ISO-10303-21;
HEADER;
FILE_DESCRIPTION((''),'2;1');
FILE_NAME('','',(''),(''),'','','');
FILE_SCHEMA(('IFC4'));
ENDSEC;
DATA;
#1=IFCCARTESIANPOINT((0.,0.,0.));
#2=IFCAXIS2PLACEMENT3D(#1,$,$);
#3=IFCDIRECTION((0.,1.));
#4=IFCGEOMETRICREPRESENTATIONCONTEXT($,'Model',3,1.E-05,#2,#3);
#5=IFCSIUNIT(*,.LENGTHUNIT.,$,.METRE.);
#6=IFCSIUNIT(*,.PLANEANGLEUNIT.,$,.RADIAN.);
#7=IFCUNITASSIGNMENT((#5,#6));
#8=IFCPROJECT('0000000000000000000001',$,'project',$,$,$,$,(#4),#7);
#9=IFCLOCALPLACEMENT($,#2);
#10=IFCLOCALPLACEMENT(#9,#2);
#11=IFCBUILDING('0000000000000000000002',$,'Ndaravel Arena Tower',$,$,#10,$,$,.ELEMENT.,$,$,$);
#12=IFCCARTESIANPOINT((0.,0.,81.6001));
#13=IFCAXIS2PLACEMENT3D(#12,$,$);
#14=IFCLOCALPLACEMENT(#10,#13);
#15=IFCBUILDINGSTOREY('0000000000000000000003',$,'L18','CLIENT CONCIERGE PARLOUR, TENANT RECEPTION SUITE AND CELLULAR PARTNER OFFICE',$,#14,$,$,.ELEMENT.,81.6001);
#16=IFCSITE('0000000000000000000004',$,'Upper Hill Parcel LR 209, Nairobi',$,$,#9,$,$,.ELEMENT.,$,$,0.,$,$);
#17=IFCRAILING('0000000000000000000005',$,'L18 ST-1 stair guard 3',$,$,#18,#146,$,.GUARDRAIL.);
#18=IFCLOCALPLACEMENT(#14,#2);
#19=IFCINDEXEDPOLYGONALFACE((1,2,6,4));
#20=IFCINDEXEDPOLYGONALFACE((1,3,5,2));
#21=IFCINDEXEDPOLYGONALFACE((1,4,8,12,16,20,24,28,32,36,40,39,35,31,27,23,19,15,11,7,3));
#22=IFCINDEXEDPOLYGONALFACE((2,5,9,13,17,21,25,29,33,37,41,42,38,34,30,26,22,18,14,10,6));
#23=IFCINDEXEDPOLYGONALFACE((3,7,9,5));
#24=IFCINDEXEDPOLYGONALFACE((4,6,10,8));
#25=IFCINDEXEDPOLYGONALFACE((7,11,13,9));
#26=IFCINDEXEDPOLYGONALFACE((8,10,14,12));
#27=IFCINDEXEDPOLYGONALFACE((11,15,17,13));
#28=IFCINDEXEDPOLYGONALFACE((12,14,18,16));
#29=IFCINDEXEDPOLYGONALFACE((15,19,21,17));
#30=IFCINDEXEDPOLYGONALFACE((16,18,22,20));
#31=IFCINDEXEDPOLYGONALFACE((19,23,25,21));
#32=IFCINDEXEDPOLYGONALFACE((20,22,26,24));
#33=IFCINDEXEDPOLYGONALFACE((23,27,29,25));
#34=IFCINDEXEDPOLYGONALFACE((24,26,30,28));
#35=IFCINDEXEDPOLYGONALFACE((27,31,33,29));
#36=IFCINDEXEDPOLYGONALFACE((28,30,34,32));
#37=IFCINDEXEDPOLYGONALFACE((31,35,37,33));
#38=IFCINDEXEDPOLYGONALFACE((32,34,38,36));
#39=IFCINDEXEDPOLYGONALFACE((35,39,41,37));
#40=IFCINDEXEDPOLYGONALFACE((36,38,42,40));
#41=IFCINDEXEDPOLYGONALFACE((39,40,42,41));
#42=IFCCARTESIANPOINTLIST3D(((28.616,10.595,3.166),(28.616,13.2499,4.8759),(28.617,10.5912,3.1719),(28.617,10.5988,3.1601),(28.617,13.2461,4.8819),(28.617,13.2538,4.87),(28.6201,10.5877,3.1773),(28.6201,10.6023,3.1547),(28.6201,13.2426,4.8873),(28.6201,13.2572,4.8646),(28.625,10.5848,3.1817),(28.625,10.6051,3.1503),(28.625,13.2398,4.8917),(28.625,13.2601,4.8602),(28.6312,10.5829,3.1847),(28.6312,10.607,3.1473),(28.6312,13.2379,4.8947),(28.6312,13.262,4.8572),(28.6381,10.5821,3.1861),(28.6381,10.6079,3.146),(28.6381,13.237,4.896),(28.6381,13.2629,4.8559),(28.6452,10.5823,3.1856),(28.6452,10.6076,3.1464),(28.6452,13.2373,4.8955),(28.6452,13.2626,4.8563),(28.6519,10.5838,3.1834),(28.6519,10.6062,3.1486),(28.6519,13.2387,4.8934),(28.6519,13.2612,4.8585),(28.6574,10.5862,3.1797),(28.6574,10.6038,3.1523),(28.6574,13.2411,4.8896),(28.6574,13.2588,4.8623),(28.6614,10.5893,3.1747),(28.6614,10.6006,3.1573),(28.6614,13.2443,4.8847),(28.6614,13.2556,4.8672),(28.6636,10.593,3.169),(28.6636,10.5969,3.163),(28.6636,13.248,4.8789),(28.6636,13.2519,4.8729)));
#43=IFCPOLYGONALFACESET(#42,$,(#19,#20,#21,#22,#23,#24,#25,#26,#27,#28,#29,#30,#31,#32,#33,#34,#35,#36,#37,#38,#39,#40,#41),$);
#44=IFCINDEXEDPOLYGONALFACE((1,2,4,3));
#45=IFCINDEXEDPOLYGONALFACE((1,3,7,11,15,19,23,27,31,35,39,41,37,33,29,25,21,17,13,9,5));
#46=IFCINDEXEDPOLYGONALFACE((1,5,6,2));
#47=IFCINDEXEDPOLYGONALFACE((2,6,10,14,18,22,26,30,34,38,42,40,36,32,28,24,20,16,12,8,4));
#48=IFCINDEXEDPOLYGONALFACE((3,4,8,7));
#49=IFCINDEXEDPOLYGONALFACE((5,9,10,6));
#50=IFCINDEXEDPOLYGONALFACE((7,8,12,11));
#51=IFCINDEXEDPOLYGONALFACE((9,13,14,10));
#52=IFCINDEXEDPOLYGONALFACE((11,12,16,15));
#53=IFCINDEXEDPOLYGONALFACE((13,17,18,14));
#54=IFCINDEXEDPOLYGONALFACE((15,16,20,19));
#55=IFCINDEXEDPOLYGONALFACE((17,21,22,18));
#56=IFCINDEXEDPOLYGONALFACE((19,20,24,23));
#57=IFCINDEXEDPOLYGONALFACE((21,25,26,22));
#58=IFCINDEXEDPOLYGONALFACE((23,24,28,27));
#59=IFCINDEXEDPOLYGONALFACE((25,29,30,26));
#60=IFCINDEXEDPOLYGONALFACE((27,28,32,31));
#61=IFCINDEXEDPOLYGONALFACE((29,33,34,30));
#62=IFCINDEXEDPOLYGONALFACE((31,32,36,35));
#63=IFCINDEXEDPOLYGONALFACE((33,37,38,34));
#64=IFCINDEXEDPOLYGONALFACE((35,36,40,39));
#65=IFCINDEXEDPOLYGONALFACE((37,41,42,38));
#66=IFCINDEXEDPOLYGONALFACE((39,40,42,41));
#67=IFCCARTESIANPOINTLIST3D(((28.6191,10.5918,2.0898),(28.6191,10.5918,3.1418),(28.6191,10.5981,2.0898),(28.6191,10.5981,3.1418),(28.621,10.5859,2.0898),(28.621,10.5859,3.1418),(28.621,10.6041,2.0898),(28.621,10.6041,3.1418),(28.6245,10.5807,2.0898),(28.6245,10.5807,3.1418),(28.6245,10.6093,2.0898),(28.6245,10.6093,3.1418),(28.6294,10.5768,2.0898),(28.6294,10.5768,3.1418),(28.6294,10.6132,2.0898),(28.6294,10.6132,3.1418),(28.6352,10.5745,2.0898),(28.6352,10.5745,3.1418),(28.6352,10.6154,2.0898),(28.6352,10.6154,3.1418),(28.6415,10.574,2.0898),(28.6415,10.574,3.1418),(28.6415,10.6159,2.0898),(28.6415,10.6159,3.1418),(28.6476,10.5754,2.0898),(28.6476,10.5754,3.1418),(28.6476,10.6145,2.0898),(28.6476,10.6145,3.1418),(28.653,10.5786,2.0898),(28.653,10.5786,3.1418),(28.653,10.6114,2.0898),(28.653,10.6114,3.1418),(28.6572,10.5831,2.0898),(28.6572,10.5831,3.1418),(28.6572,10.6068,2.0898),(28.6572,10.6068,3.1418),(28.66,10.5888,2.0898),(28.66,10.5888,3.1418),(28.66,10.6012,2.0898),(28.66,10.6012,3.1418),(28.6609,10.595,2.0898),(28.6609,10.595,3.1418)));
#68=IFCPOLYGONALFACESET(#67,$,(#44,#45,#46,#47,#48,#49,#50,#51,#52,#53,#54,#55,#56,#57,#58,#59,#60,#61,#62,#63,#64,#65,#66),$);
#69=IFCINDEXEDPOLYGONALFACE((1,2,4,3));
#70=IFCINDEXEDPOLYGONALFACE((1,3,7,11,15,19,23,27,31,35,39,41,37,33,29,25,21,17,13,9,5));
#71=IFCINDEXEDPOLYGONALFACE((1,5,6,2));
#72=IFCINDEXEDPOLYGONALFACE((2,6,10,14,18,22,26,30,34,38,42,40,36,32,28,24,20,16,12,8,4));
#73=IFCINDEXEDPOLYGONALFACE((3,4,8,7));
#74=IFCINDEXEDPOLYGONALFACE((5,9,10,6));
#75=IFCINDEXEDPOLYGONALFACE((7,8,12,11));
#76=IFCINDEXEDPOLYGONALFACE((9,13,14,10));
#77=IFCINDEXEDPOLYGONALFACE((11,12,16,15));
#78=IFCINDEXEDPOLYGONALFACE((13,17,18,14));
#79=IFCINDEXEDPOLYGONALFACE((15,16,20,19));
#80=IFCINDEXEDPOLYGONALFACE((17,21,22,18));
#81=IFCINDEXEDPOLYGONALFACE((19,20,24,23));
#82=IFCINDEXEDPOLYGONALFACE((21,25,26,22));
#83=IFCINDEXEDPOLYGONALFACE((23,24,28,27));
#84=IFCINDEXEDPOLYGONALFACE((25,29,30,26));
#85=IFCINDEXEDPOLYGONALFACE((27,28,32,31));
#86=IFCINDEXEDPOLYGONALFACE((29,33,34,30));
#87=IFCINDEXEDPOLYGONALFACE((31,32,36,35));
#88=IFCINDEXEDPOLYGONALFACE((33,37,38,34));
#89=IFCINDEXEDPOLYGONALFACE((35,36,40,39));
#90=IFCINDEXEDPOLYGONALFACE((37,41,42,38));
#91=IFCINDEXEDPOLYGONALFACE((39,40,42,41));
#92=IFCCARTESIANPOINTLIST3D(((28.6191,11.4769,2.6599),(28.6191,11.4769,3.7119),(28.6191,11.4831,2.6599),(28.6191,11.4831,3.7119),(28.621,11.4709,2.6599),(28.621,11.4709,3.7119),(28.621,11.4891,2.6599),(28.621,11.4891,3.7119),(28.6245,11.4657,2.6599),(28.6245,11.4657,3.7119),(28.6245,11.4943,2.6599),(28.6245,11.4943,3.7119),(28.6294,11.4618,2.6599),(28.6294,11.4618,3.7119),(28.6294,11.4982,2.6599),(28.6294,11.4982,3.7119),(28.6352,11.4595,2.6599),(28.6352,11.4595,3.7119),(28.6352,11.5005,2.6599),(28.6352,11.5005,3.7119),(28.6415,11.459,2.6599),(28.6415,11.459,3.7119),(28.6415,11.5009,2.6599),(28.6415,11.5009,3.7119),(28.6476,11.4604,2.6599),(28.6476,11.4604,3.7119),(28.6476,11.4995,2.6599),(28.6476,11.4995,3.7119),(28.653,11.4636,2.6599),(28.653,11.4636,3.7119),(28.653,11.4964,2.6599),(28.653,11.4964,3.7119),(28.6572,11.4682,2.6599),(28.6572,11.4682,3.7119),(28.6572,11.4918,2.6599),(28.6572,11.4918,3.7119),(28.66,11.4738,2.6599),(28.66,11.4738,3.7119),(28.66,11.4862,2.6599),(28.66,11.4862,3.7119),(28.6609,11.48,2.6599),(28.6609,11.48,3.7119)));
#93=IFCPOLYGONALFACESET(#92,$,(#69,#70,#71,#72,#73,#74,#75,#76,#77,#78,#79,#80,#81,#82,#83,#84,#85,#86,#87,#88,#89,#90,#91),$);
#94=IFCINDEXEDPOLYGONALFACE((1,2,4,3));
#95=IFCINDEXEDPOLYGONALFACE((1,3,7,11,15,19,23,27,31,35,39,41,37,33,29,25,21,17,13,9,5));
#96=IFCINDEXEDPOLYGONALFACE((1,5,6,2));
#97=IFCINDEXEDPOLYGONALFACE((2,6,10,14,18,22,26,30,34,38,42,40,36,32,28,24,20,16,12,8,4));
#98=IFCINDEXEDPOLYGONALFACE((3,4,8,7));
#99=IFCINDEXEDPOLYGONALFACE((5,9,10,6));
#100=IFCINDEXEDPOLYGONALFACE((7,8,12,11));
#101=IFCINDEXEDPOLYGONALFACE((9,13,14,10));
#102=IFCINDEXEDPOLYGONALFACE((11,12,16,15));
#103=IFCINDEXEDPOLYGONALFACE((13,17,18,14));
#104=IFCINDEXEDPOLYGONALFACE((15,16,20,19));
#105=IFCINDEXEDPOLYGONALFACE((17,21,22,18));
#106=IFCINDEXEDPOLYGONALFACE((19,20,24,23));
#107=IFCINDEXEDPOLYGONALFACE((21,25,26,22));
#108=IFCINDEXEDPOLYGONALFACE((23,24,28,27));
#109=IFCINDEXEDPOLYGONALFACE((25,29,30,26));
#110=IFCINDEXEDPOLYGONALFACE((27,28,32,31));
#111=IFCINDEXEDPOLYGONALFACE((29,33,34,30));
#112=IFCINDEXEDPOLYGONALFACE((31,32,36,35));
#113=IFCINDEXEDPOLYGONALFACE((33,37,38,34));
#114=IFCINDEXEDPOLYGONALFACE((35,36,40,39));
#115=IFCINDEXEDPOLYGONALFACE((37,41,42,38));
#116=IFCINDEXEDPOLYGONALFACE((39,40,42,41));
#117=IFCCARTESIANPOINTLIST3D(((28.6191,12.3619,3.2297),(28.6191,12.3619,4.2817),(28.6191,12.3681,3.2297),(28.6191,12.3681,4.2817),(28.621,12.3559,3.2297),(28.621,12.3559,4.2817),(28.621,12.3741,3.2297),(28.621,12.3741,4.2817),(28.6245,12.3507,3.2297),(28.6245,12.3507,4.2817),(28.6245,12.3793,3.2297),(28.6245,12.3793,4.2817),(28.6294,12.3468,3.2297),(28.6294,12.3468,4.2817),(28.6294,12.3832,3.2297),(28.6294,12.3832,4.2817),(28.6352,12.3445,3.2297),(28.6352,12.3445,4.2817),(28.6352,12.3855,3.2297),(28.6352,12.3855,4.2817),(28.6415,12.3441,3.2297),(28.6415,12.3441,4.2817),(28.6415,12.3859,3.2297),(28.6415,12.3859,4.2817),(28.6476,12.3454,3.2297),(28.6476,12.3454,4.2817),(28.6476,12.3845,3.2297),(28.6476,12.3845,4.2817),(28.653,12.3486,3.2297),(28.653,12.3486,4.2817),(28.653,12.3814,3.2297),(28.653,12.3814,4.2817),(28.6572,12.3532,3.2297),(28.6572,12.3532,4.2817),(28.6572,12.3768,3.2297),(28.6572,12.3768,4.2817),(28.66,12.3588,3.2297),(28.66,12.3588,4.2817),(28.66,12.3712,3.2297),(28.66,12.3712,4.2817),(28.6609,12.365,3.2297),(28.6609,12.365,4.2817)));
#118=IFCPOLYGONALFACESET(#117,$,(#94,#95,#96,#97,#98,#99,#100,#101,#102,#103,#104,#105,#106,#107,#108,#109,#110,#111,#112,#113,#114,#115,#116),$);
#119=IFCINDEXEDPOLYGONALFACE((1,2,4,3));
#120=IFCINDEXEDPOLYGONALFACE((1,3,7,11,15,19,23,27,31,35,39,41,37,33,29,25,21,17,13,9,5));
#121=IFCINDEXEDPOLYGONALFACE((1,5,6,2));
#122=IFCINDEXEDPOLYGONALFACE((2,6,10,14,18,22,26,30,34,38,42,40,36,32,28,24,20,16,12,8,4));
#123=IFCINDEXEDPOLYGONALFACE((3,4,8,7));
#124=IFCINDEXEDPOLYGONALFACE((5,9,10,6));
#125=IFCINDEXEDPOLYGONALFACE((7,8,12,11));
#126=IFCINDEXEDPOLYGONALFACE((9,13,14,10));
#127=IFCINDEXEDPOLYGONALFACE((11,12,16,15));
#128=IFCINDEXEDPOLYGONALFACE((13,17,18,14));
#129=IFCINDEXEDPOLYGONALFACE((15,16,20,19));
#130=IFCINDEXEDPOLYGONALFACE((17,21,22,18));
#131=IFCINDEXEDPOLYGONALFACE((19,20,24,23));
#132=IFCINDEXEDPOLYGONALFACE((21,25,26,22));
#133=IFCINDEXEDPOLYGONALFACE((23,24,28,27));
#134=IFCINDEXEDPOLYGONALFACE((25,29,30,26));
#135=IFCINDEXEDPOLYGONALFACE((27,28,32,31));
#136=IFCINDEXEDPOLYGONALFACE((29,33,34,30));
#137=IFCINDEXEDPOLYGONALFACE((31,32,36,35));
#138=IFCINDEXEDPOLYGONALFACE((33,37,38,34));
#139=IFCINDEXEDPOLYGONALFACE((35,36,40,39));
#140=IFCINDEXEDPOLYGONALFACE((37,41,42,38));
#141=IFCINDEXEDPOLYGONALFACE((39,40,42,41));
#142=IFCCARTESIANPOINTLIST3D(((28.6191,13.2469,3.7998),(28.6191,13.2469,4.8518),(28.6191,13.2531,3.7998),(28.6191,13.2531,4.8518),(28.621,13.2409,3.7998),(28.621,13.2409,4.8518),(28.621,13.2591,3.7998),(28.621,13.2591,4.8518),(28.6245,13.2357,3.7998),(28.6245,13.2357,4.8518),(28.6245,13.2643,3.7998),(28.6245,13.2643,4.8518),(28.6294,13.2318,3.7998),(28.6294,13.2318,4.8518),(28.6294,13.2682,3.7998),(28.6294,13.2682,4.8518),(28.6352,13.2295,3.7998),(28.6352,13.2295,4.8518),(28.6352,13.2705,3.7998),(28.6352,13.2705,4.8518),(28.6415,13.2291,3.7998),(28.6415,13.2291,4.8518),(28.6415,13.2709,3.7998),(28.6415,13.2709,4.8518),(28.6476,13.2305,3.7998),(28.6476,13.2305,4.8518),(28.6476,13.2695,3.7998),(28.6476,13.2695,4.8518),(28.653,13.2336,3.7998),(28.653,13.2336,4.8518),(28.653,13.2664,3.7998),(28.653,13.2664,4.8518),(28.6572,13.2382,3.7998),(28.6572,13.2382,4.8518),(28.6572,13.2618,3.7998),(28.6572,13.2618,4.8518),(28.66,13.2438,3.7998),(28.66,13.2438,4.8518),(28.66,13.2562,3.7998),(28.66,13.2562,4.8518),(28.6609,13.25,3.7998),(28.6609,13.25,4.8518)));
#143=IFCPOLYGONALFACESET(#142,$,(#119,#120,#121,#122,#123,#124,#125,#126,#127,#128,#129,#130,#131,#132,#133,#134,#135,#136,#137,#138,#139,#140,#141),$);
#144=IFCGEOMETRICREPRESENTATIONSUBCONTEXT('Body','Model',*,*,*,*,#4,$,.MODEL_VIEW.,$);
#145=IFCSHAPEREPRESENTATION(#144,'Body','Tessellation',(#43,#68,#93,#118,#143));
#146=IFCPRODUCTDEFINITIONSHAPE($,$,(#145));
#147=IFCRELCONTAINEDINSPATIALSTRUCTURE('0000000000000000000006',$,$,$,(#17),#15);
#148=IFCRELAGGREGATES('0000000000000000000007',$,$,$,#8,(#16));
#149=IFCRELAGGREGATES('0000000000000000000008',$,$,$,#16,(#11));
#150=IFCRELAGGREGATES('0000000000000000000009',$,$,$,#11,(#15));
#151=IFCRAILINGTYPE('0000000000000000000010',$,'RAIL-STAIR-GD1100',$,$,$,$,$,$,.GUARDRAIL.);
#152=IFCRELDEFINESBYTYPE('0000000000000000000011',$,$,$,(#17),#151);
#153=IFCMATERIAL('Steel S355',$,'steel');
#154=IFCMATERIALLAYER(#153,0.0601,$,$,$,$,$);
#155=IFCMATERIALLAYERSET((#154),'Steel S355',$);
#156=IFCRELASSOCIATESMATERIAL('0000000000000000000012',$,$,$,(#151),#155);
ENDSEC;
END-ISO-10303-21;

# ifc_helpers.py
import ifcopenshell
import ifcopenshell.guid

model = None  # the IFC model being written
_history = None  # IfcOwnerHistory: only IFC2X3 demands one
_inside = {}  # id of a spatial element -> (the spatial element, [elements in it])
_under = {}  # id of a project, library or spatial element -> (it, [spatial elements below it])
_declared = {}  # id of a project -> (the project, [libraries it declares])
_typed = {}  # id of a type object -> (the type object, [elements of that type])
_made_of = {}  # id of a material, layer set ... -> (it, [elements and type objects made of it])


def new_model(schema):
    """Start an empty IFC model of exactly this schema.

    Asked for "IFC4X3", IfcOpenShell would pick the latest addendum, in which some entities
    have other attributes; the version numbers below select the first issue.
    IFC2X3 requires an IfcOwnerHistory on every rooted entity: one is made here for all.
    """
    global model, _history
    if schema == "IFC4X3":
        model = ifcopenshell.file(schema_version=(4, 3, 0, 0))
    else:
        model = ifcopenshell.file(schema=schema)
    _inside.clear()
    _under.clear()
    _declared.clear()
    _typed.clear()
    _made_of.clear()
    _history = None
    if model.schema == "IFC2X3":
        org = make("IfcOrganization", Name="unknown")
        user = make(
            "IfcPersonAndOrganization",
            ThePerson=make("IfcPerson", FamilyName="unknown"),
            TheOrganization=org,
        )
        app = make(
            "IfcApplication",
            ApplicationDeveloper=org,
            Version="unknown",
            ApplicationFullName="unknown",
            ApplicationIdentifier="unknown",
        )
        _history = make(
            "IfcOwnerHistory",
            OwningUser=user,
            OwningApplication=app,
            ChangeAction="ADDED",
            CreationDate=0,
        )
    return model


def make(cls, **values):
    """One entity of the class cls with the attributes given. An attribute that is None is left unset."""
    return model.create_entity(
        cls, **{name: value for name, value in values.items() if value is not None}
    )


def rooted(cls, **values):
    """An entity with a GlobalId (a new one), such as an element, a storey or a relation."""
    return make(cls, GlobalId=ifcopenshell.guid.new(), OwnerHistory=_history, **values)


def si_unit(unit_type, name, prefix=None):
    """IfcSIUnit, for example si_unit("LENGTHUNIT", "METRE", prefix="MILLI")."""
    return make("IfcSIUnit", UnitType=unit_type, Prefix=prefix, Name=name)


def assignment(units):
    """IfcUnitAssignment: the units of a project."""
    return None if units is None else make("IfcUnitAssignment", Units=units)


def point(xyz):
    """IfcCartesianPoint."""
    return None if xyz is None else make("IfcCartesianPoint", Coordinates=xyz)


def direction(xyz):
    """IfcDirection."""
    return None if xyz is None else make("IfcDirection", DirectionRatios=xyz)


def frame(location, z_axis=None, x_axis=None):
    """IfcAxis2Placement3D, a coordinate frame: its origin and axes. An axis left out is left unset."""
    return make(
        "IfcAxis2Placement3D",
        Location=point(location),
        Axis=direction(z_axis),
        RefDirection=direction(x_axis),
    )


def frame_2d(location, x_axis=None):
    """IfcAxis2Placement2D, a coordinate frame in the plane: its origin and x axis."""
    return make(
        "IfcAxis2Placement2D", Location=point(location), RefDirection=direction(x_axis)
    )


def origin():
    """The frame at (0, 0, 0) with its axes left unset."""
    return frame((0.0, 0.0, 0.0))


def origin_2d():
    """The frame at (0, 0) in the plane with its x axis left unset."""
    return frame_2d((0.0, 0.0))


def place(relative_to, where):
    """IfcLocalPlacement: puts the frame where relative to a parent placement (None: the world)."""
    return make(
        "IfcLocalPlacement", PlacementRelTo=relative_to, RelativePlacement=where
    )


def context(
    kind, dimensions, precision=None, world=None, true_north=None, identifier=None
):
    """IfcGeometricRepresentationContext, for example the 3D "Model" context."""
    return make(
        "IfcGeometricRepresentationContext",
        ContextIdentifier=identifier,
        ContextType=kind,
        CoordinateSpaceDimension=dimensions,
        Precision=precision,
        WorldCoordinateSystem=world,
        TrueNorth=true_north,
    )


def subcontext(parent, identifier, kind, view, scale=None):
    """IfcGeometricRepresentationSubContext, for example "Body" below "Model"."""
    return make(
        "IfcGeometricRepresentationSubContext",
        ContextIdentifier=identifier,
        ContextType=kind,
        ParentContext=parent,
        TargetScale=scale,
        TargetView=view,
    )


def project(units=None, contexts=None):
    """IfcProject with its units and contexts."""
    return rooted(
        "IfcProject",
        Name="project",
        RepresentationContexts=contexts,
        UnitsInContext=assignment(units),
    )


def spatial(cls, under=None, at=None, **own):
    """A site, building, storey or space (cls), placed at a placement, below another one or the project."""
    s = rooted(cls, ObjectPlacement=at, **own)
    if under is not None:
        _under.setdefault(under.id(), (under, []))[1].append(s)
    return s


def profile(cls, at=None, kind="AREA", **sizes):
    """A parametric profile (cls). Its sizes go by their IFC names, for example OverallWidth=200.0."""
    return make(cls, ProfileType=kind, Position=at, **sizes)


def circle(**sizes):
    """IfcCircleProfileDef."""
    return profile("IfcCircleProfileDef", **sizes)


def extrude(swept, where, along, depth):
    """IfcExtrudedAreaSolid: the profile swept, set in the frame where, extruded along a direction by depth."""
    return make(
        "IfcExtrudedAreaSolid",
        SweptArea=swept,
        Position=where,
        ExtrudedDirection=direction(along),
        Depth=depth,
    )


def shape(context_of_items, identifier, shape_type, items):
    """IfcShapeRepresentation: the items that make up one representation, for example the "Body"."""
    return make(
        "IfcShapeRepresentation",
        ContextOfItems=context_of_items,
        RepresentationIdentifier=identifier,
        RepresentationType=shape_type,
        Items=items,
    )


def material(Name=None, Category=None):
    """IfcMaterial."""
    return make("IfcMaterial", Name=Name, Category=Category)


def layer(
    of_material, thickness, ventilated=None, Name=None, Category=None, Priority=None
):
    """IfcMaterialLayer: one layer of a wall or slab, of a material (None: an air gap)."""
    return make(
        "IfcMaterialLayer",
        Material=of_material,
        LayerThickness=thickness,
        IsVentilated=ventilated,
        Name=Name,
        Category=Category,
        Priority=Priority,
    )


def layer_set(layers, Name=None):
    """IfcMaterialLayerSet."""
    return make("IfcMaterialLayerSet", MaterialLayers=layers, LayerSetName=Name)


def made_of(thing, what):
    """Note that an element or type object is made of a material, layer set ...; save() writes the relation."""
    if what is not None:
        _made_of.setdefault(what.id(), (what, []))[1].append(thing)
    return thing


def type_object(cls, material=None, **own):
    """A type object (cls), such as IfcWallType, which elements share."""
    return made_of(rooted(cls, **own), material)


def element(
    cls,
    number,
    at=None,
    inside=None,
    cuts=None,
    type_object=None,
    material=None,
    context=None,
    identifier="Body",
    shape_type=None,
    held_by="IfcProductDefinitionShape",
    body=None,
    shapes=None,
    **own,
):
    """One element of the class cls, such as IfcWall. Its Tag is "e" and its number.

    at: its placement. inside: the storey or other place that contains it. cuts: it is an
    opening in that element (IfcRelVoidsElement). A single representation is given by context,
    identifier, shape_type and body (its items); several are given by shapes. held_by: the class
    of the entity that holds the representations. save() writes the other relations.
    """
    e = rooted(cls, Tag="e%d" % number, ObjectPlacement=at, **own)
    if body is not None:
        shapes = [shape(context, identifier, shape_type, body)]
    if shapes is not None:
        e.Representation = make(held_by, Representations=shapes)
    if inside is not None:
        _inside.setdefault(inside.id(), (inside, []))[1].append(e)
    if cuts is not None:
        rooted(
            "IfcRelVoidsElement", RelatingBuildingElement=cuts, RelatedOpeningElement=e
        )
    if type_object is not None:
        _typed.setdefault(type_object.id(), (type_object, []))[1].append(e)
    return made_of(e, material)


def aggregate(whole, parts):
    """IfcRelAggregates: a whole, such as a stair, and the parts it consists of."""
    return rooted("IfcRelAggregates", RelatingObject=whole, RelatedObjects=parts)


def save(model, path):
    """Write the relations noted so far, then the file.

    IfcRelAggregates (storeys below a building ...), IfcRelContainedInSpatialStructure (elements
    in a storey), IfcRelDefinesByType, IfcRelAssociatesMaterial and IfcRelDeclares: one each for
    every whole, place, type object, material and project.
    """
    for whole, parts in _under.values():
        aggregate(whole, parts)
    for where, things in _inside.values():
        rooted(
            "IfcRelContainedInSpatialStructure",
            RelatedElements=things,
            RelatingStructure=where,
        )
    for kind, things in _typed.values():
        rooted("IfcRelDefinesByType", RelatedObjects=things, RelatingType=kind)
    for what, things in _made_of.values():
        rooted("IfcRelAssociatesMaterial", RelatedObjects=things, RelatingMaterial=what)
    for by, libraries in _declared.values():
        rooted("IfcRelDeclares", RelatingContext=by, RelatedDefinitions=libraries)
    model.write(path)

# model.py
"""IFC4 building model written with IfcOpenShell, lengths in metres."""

from ifc_helpers import new_model, si_unit, direction, frame, origin, origin_2d, place, context, subcontext, project, spatial, circle, extrude, material, layer, layer_set, type_object, element, save


model = new_model("IFC4")

# Units and contexts
model_context = context("Model", 3, precision=1e-05, world=origin(), true_north=direction((0.0, 1.0)))
body_context = subcontext(model_context, "Body", "Model", "MODEL_VIEW")
ifc_project = project(units=[si_unit("LENGTHUNIT", "METRE"), si_unit("PLANEANGLEUNIT", "RADIAN")], contexts=[model_context])

# Site, building, storey
site_placement = place(None, origin())
site = spatial("IfcSite", under=ifc_project, at=site_placement, Name="Upper Hill Parcel LR 209, Nairobi", CompositionType="ELEMENT", RefElevation=0.0)
building_placement = place(site_placement, origin())
building = spatial("IfcBuilding", under=site, at=building_placement, Name="Ndaravel Arena Tower", CompositionType="ELEMENT")
storey_placement = place(building_placement, frame((0.0, 0.0, 81.6001)))
storey = spatial("IfcBuildingStorey", under=building, at=storey_placement, Name="L18", Description="CLIENT CONCIERGE PARLOUR, TENANT RECEPTION SUITE AND CELLULAR PARTNER OFFICE", CompositionType="ELEMENT", Elevation=81.6001)

# Railing
ifc_material_1 = material(Name="Steel S355", Category="steel")
ifc_layer_1 = layer(ifc_material_1, 0.0601)
ifc_layer_set_1 = layer_set([ifc_layer_1], Name="Steel S355")
railing_type_1 = type_object("IfcRailingType", Name="RAIL-STAIR-GD1100", PredefinedType="GUARDRAIL", material=ifc_layer_set_1)
railing_1_placement = place(storey_placement, frame((28.6399, 10.595, 2.0898)))
element("IfcRailing", 1, at=railing_1_placement, inside=storey, type_object=railing_type_1, Name="L18 ST-1 stair guard 3", PredefinedType="GUARDRAIL", context=body_context, shape_type="SweptSolid", body=[
    extrude(circle(Radius=0.0239, at=origin_2d()), frame((0.0, 0.0, 1.0762), z_axis=(0.0, 0.840724, 0.541465), x_axis=(-1.0, 0.0, 0.0)), (0.0, 0.0, 1.0), 3.158),
    extrude(circle(Radius=0.021, at=origin_2d()), origin(), (0.0, 0.0, 1.0), 1.052),
    extrude(circle(Radius=0.021, at=origin_2d()), frame((0.0, 0.885, 0.5701)), (0.0, 0.0, 1.0), 1.052),
    extrude(circle(Radius=0.021, at=origin_2d()), frame((0.0, 1.77, 1.1399)), (0.0, 0.0, 1.0), 1.052),
    extrude(circle(Radius=0.021, at=origin_2d()), frame((0.0, 2.655, 1.71)), (0.0, 0.0, 1.0), 1.052),
])

save(model, "model.ifc")
